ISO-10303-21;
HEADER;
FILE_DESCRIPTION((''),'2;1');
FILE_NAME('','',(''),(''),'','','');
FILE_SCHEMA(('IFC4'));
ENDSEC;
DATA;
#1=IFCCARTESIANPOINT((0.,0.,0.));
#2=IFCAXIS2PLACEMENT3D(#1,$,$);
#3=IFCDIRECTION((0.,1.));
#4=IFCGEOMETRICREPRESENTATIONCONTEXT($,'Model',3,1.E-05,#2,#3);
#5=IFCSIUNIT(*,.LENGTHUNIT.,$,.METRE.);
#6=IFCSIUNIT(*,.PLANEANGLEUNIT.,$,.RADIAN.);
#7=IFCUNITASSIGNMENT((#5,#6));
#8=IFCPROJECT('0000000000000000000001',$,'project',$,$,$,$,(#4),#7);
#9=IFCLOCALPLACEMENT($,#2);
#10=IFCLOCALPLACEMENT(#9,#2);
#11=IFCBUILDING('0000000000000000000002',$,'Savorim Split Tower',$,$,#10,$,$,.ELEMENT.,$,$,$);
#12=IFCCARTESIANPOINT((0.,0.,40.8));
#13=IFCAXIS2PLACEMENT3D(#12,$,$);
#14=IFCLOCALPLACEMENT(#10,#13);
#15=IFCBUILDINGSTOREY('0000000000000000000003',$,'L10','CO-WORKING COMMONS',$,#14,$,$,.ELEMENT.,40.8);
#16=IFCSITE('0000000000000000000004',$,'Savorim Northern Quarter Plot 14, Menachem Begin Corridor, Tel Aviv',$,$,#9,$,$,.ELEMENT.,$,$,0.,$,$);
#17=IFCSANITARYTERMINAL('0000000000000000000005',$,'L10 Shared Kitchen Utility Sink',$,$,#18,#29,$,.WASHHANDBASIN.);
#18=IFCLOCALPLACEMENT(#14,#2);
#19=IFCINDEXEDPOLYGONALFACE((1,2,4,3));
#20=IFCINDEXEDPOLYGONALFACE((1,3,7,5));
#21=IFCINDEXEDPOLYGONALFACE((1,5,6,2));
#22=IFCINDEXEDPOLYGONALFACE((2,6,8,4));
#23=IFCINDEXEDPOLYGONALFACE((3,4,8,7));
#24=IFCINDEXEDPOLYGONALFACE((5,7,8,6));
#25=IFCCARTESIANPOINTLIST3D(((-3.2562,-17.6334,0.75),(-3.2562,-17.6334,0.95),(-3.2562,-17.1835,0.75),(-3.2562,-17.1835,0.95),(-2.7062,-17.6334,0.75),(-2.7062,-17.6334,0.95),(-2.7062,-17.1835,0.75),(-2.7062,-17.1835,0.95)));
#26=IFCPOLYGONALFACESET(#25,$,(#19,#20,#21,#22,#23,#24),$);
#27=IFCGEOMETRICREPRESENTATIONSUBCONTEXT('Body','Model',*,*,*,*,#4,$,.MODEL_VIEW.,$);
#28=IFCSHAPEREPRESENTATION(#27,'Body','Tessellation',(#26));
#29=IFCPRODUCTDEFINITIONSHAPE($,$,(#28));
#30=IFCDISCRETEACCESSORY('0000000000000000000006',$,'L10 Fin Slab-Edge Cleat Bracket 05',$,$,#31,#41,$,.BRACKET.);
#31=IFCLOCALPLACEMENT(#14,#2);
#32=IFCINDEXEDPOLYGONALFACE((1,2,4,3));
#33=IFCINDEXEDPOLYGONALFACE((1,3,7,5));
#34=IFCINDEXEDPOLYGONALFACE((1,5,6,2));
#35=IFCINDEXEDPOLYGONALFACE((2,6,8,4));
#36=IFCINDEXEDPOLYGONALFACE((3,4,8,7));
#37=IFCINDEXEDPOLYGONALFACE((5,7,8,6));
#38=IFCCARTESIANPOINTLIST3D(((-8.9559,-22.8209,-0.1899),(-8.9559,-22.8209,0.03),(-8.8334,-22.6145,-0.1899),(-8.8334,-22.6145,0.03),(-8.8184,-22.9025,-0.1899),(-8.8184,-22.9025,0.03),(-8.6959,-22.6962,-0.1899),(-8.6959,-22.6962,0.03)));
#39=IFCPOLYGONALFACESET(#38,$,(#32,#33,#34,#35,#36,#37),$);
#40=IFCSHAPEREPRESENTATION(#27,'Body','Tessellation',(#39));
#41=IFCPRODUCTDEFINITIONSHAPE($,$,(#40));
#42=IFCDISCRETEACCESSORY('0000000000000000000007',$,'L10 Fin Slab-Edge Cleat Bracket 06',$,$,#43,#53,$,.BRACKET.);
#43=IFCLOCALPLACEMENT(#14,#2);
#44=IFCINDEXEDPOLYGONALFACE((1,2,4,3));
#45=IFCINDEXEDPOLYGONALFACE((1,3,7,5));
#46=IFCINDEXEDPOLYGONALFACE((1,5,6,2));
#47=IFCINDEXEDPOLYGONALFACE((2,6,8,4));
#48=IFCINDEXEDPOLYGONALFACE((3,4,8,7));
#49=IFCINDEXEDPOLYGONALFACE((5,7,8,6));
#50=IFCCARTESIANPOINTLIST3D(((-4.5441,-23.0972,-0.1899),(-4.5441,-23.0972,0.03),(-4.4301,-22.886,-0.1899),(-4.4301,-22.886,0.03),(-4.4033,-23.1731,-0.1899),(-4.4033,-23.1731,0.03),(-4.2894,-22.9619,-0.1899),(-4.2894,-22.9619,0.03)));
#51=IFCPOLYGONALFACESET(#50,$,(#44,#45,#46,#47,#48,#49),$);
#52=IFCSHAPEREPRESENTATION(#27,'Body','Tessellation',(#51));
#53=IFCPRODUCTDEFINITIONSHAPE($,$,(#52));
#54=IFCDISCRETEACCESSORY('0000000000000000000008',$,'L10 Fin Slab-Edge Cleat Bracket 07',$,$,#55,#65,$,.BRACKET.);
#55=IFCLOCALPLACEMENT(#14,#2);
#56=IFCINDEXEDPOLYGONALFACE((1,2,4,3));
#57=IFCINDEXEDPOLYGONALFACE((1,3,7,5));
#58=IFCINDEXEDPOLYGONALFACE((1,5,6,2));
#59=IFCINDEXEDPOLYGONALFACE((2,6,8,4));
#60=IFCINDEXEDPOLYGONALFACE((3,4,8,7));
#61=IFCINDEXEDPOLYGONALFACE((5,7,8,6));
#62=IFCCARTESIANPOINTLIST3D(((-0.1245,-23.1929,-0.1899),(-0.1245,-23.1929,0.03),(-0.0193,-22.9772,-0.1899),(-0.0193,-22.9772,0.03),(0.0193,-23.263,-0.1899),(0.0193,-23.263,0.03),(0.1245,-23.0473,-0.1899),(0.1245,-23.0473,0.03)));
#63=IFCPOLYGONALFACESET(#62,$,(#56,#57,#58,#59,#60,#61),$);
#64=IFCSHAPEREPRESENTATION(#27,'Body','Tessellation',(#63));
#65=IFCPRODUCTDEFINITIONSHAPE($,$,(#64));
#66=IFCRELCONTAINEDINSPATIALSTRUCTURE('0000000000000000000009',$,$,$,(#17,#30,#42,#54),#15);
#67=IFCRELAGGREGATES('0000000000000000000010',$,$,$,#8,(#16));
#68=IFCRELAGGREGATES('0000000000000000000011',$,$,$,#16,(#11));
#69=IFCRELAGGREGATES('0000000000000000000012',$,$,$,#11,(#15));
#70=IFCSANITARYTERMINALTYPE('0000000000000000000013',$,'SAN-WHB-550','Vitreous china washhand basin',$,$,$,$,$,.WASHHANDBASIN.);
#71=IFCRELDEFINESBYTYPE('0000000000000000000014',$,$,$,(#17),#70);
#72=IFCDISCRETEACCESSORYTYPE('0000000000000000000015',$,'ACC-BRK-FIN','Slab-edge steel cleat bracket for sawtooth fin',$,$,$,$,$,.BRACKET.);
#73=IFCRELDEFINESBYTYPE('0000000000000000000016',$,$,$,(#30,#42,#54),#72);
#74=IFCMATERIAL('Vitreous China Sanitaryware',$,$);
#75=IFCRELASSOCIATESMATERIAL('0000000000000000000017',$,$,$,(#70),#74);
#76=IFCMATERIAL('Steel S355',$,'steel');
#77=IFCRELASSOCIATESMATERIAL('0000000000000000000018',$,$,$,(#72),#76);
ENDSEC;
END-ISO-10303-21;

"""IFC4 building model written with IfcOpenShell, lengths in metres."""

from ifc_helpers import new_model, si_unit, direction, frame, origin, origin_2d, place, context, subcontext, project, spatial, rectangle, extrude, material, type_object, element, save


model = new_model("IFC4")

# Units and contexts
model_context = context("Model", 3, precision=1e-05, world=origin(), true_north=direction((0.0, 1.0)))
body_context = subcontext(model_context, "Body", "Model", "MODEL_VIEW")
ifc_project = project(units=[si_unit("LENGTHUNIT", "METRE"), si_unit("PLANEANGLEUNIT", "RADIAN")], contexts=[model_context])

# Site, building, storey
site_placement = place(None, origin())
site = spatial("IfcSite", under=ifc_project, at=site_placement, Name="Savorim Northern Quarter Plot 14, Menachem Begin Corridor, Tel Aviv", CompositionType="ELEMENT", RefElevation=0.0)
building_placement = place(site_placement, origin())
building = spatial("IfcBuilding", under=site, at=building_placement, Name="Savorim Split Tower", CompositionType="ELEMENT")
storey_placement = place(building_placement, frame((0.0, 0.0, 40.8)))
storey = spatial("IfcBuildingStorey", under=building, at=storey_placement, Name="L10", Description="CO-WORKING COMMONS", CompositionType="ELEMENT", Elevation=40.8)

# Shared definitions
ifc_material_1 = material(Name="Steel S355", Category="steel")

# Sanitary terminal
ifc_material_2 = material(Name="Vitreous China Sanitaryware")
sanitary_terminal_type = type_object("IfcSanitaryTerminalType", Name="SAN-WHB-550", Description="Vitreous china washhand basin", PredefinedType="WASHHANDBASIN", material=ifc_material_2)
sanitary_terminal_placement = place(storey_placement, frame((-2.9812, -17.4084, 0.75), z_axis=(0.0, 0.0, 1.0), x_axis=(1.0, 0.0, 0.0)))
element("IfcSanitaryTerminal", 1, at=sanitary_terminal_placement, inside=storey, type_object=sanitary_terminal_type, Name="L10 Shared Kitchen Utility Sink", PredefinedType="WASHHANDBASIN", context=body_context, shape_type="SweptSolid", body=[
    extrude(rectangle(XDim=0.55, YDim=0.45, at=origin_2d()), origin(), (0.0, 0.0, 1.0), 0.2),
])

# Discrete accessories
discrete_accessory_type = type_object("IfcDiscreteAccessoryType", Name="ACC-BRK-FIN", Description="Slab-edge steel cleat bracket for sawtooth fin", PredefinedType="BRACKET", material=ifc_material_1)
for number, where, z_axis, x_axis, name in (
    (2, (-8.8259, -22.7585, -0.1899), (0.0, 0.0, 1.0), (-0.510391, -0.859942, 0.0), "L10 Fin Slab-Edge Cleat Bracket 05"),
    (3, (-4.4167, -23.0295, -0.1899), (0.0, 0.0, 1.0), (-0.474778, -0.880106, 0.0), "L10 Fin Slab-Edge Cleat Bracket 06"),
    (4, (0.0, -23.1201, -0.1899), (0.0, 0.0, 1.0), (-0.438371, -0.898794, 0.0), "L10 Fin Slab-Edge Cleat Bracket 07"),
):
    element("IfcDiscreteAccessory", number, at=place(storey_placement, frame(where, z_axis=z_axis, x_axis=x_axis)), inside=storey, type_object=discrete_accessory_type, Name=name, PredefinedType="BRACKET", context=body_context, shape_type="SweptSolid", body=[
        extrude(rectangle(XDim=0.24, YDim=0.1599, at=origin_2d()), origin(), (0.0, 0.0, 1.0), 0.22),
    ])

save(model, "model.ifc")
